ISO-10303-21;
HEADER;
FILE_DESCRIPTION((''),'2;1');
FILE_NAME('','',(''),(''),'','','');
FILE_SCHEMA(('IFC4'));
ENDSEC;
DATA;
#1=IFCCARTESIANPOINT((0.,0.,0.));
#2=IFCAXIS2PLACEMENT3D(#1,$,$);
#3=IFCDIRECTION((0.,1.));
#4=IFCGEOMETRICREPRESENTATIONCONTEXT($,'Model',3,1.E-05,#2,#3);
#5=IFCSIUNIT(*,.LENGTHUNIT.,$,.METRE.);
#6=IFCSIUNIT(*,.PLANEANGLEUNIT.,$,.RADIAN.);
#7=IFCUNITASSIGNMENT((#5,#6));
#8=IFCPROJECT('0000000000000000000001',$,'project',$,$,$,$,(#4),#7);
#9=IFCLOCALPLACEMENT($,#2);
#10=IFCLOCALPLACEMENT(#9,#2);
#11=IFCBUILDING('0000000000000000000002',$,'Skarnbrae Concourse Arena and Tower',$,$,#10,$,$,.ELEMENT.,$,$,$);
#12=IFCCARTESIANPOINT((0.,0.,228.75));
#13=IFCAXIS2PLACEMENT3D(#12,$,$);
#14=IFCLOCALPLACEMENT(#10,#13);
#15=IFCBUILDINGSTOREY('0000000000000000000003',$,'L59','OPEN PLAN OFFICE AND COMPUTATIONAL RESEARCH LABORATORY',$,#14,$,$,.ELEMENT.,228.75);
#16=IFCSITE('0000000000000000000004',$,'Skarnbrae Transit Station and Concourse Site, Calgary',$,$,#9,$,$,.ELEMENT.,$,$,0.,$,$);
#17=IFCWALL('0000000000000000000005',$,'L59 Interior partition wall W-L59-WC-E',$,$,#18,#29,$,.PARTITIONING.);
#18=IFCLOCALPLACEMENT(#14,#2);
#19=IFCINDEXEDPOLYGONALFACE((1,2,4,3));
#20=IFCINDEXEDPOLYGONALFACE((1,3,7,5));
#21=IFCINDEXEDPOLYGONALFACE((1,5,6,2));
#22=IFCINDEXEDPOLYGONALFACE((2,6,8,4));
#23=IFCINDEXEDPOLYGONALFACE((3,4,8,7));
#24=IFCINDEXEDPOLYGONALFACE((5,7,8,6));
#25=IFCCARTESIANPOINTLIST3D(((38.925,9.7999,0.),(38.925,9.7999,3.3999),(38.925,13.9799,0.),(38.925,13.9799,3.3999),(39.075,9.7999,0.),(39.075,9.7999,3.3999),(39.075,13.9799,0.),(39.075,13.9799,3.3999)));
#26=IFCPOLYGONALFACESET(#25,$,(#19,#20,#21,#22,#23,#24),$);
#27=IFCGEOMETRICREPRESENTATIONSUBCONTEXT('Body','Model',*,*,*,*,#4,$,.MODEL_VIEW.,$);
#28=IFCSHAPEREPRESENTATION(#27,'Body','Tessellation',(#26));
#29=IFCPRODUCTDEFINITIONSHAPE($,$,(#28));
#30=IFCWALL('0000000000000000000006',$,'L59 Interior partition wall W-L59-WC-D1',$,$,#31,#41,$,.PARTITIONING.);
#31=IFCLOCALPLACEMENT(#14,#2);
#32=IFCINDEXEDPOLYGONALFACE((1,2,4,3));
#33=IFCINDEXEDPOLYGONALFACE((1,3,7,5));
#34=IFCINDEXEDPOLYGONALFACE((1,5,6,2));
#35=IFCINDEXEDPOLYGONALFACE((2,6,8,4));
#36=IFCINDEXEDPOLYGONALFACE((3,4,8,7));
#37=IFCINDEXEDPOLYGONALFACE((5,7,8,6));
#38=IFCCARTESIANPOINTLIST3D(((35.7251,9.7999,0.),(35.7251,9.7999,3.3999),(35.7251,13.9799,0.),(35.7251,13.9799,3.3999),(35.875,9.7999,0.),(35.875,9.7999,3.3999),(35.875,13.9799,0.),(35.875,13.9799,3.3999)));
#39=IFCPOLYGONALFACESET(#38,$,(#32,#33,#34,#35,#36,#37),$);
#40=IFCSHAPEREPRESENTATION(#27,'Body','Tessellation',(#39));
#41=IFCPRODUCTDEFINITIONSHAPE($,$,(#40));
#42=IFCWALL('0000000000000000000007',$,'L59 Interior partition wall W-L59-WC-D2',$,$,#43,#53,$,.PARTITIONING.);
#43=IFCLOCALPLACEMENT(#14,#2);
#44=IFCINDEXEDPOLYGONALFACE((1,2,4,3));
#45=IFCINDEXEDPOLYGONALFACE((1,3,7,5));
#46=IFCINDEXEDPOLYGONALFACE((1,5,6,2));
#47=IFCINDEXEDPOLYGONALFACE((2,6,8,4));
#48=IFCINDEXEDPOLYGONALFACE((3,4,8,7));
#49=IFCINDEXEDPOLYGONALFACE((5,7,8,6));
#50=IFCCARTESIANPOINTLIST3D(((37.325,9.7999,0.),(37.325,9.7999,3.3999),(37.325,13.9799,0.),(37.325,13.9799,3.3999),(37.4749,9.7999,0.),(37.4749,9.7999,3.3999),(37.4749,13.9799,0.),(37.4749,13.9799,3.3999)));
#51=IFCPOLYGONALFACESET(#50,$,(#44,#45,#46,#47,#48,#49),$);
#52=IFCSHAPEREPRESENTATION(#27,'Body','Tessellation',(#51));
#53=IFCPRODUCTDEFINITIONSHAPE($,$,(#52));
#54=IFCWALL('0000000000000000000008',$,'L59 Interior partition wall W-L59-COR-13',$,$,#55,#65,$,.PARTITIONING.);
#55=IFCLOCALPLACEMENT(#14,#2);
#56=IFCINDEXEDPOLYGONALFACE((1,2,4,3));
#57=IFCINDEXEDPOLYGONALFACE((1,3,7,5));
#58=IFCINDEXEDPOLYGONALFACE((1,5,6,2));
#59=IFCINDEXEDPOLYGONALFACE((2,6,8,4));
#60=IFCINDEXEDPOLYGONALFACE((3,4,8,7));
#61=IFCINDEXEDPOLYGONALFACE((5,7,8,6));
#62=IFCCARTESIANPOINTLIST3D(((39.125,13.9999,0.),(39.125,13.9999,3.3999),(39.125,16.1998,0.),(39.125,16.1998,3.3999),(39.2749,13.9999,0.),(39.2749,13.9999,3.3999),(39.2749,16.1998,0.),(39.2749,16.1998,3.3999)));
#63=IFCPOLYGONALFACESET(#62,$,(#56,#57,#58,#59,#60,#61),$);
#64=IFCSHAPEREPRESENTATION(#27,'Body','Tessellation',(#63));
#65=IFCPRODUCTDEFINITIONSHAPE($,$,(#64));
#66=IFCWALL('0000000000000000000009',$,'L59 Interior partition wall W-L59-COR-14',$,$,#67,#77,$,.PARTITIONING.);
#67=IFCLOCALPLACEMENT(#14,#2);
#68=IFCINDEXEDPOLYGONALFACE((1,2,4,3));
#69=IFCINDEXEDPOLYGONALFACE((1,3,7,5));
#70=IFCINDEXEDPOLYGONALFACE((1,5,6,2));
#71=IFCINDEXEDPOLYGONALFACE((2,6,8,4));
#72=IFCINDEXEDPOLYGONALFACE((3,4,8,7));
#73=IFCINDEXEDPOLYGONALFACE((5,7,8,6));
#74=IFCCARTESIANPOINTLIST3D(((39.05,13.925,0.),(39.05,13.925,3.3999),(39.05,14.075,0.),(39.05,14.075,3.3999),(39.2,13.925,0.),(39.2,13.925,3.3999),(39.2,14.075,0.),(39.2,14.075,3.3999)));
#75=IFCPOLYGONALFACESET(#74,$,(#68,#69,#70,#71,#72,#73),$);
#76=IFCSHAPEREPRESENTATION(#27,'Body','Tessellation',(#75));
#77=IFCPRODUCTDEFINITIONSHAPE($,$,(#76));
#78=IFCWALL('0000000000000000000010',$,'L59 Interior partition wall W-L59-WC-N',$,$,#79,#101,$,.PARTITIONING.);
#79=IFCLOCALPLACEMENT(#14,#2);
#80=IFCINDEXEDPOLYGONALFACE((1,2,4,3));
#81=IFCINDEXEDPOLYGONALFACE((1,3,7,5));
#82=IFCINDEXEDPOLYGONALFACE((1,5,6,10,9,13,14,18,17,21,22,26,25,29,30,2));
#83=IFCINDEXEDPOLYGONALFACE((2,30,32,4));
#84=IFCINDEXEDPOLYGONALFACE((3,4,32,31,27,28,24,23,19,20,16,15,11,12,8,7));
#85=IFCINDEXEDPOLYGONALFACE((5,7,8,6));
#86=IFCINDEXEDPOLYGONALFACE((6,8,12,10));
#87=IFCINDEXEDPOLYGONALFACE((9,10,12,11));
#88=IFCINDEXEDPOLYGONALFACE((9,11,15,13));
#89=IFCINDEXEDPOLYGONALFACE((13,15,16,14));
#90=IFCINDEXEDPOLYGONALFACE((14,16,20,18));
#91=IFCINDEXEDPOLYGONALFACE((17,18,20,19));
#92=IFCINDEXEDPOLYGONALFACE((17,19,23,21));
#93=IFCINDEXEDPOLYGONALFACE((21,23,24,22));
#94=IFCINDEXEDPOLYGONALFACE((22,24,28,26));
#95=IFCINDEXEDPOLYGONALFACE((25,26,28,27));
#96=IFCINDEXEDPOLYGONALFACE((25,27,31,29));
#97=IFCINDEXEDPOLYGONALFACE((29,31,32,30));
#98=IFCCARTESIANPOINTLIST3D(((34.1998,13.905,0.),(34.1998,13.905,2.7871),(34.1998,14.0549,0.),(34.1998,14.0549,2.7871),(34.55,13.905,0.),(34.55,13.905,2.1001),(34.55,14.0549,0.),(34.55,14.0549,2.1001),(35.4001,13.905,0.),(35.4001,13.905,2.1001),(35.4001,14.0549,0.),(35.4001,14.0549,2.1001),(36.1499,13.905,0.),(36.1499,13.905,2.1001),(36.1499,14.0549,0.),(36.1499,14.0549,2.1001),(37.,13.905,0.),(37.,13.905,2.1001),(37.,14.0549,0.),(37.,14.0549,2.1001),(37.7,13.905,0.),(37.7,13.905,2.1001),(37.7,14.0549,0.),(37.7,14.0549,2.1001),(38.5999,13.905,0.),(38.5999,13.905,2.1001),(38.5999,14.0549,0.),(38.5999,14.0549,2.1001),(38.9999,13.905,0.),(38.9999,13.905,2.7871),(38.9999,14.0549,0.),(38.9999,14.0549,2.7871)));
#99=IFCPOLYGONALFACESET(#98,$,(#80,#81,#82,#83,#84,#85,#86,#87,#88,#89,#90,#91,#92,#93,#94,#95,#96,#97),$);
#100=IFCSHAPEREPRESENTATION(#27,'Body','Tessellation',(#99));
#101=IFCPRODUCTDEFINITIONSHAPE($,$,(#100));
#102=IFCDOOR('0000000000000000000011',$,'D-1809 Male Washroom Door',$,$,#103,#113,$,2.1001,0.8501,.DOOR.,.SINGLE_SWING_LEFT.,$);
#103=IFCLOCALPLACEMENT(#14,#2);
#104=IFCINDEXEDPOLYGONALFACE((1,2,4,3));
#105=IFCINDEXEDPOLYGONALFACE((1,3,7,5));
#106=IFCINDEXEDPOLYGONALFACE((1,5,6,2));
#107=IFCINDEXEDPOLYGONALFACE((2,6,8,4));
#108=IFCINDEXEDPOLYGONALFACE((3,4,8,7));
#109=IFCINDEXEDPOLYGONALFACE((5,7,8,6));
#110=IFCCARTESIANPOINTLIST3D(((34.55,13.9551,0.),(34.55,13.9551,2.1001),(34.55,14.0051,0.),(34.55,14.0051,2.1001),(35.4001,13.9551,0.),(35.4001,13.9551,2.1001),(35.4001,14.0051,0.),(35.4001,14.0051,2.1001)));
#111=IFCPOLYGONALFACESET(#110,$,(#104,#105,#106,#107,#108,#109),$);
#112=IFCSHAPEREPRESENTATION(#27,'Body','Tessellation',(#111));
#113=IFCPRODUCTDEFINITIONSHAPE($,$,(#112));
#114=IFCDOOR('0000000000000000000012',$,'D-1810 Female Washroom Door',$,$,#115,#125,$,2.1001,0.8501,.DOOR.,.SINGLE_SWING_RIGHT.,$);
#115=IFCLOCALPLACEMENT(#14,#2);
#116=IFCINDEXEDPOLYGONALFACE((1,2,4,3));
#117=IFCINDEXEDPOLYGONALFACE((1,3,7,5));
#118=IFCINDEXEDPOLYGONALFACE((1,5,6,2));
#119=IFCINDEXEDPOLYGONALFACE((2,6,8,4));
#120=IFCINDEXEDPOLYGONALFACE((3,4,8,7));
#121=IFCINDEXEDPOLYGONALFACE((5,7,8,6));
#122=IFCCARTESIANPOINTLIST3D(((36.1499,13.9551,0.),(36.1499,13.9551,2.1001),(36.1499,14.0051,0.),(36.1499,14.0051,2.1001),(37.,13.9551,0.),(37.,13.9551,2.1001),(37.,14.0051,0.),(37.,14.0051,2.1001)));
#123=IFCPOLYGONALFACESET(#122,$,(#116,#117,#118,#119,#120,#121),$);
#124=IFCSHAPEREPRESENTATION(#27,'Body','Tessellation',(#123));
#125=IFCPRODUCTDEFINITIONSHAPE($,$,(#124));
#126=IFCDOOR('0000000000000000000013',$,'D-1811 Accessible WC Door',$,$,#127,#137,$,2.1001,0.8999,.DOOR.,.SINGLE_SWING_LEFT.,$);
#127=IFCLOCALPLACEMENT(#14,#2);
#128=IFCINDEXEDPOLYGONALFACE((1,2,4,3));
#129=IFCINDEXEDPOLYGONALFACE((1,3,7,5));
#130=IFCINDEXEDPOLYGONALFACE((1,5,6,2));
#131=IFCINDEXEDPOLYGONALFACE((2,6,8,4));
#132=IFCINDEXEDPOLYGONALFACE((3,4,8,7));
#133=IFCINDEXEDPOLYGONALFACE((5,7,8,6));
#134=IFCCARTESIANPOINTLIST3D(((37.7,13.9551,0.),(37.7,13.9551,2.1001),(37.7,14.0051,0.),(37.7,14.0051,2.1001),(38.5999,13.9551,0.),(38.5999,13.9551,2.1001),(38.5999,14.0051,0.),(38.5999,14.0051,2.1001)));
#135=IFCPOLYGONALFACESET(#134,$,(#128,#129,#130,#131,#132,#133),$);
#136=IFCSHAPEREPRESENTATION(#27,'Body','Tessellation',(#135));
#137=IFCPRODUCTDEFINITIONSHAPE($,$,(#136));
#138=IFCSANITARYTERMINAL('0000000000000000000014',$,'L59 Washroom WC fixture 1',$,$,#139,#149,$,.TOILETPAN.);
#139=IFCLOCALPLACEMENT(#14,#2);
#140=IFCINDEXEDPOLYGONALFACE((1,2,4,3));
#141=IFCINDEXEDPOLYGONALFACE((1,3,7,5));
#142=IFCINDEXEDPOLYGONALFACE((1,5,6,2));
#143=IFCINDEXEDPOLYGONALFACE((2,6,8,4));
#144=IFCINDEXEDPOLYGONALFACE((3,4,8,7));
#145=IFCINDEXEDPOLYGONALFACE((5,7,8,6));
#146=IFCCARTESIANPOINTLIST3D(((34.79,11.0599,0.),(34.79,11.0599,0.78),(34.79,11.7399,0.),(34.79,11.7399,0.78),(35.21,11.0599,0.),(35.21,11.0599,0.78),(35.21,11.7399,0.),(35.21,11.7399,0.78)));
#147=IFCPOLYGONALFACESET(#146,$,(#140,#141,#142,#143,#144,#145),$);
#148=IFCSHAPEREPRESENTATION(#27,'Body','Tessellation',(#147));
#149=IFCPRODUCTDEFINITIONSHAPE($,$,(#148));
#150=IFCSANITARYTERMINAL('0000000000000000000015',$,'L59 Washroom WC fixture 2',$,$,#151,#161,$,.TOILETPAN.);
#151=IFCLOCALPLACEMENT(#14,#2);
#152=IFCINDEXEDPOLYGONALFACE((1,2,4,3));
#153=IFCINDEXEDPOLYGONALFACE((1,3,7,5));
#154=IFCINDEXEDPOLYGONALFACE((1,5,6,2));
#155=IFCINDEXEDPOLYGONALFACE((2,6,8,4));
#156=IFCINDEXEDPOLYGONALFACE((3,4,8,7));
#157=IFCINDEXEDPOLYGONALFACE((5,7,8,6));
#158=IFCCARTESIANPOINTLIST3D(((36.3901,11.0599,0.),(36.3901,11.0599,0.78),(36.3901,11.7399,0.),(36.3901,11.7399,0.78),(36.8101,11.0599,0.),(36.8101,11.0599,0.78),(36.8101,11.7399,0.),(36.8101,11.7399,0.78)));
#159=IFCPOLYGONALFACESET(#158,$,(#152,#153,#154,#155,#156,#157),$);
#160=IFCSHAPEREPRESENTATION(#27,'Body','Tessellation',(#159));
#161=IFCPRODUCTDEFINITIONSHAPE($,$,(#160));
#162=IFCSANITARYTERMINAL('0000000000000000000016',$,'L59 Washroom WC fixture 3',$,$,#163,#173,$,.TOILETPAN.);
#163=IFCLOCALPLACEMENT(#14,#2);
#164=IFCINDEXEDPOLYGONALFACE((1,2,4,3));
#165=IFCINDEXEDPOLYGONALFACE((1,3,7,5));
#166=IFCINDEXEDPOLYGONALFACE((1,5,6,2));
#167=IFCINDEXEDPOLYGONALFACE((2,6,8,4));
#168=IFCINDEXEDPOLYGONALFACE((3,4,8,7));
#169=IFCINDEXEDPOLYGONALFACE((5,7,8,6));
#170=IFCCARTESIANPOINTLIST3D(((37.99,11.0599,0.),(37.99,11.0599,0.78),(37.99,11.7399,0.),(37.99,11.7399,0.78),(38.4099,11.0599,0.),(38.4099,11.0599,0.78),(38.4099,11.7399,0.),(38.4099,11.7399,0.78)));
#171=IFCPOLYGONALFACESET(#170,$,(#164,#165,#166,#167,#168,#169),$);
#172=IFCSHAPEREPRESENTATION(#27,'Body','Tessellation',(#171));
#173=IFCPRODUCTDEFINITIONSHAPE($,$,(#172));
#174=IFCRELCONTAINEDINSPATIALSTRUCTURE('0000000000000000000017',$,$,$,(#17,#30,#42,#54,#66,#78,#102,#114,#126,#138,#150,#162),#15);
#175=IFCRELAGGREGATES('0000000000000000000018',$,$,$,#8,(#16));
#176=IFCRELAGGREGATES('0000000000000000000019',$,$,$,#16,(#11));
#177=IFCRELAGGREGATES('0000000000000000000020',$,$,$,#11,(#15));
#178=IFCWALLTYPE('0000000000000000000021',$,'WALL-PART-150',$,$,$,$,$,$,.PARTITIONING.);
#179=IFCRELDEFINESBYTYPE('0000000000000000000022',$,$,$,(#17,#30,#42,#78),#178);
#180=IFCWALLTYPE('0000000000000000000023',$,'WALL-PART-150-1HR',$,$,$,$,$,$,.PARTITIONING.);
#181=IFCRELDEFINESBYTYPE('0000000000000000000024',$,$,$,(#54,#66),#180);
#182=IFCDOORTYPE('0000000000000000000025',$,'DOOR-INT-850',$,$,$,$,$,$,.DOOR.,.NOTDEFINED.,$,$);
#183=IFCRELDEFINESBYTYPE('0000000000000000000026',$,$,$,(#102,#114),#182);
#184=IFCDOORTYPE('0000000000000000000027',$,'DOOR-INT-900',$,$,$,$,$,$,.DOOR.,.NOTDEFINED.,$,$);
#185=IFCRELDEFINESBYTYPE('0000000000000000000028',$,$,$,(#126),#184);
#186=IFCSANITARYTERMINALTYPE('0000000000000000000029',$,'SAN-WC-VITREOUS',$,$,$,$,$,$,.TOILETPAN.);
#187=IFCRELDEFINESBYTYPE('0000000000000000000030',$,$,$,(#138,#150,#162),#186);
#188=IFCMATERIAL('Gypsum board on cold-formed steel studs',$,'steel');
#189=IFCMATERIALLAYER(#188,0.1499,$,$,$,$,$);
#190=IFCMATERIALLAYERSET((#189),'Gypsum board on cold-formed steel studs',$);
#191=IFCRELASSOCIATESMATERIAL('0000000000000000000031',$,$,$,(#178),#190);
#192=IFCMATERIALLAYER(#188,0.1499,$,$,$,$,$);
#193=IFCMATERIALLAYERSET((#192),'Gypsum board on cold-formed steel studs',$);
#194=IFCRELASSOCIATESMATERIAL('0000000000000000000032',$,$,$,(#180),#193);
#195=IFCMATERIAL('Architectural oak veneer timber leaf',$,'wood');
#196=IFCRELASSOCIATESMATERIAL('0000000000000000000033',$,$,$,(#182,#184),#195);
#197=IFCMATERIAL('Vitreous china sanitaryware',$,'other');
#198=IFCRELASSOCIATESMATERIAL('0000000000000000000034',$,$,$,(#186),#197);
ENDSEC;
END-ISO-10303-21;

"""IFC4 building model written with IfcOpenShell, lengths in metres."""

from ifc_helpers import new_model, si_unit, direction, frame, frame_2d, origin, origin_2d, place, context, subcontext, project, spatial, rectangle, extrude, source, transform, mapped, material, layer, layer_set, type_object, element, fill, save


model = new_model("IFC4")

# Units and contexts
model_context = context("Model", 3, precision=1e-05, world=origin(), true_north=direction((0.0, 1.0)))
body_context = subcontext(model_context, "Body", "Model", "MODEL_VIEW")
ifc_project = project(units=[si_unit("LENGTHUNIT", "METRE"), si_unit("PLANEANGLEUNIT", "RADIAN")], contexts=[model_context])

# Site, building, storey
site_placement = place(None, origin())
site = spatial("IfcSite", under=ifc_project, at=site_placement, Name="Skarnbrae Transit Station and Concourse Site, Calgary", CompositionType="ELEMENT", RefElevation=0.0)
building_placement = place(site_placement, origin())
building = spatial("IfcBuilding", under=site, at=building_placement, Name="Skarnbrae Concourse Arena and Tower", CompositionType="ELEMENT")
storey_placement = place(building_placement, frame((0.0, 0.0, 228.75)))
storey = spatial("IfcBuildingStorey", under=building, at=storey_placement, Name="L59", Description="OPEN PLAN OFFICE AND COMPUTATIONAL RESEARCH LABORATORY", CompositionType="ELEMENT", Elevation=228.75)

# Walls
ifc_material_1 = material(Name="Gypsum board on cold-formed steel studs", Category="steel")
ifc_layer_1 = layer(ifc_material_1, 0.1499)
ifc_layer_set_1 = layer_set([ifc_layer_1], Name="Gypsum board on cold-formed steel studs")
wall_type_1 = type_object("IfcWallType", Name="WALL-PART-150", PredefinedType="PARTITIONING", material=ifc_layer_set_1)
shared_shape_1 = source(origin(), body_context, "Body", "SweptSolid", [
    extrude(rectangle(XDim=4.1799, YDim=0.1499, at=frame_2d((2.0898, 0.0))), origin(), (0.0, 0.0, 1.0), 3.3999),
])
for number, where, z_axis, x_axis, name in (
    (1, (39.0, 9.8, 0.0), (0.0, 0.0, 1.0), (0.0, 1.0, 0.0), "L59 Interior partition wall W-L59-WC-E"),
    (2, (35.8, 9.8, 0.0), (0.0, 0.0, 1.0), (0.0, 1.0, 0.0), "L59 Interior partition wall W-L59-WC-D1"),
    (3, (37.3999, 9.8, 0.0), (0.0, 0.0, 1.0), (0.0, 1.0, 0.0), "L59 Interior partition wall W-L59-WC-D2"),
):
    element("IfcWall", number, at=place(storey_placement, frame(where, z_axis=z_axis, x_axis=x_axis)), inside=storey, type_object=wall_type_1, Name=name, PredefinedType="PARTITIONING", context=body_context, shape_type="MappedRepresentation", body=[
        mapped(shared_shape_1, transform((0.0, 0.0, 0.0))),
    ])
ifc_layer_2 = layer(ifc_material_1, 0.1499)
ifc_layer_set_2 = layer_set([ifc_layer_2], Name="Gypsum board on cold-formed steel studs")
wall_type_2 = type_object("IfcWallType", Name="WALL-PART-150-1HR", PredefinedType="PARTITIONING", material=ifc_layer_set_2)
shared_shape_2 = source(origin(), body_context, "Body", "SweptSolid", [
    extrude(rectangle(XDim=2.2, YDim=0.1499, at=frame_2d((1.1001, 0.0))), origin(), (0.0, 0.0, 1.0), 3.3999),
])
wall_1_placement = place(storey_placement, frame((39.2, 16.2, 0.0), z_axis=(0.0, 0.0, 1.0), x_axis=(0.0, -1.0, 0.0)))
element("IfcWall", 4, at=wall_1_placement, inside=storey, type_object=wall_type_2, Name="L59 Interior partition wall W-L59-COR-13", PredefinedType="PARTITIONING", context=body_context, shape_type="MappedRepresentation", body=[
    mapped(shared_shape_2, transform((0.0, 0.0, 0.0))),
])
shared_shape_3 = source(origin(), body_context, "Body", "SweptSolid", [
    extrude(rectangle(XDim=0.1499, YDim=0.1499, at=frame_2d((0.075, 0.0))), origin(), (0.0, 0.0, 1.0), 3.3999),
])
wall_2_placement = place(storey_placement, frame((39.2, 14.0, 0.0), z_axis=(0.0, 0.0, 1.0), x_axis=(-1.0, 0.0, 0.0)))
element("IfcWall", 5, at=wall_2_placement, inside=storey, type_object=wall_type_2, Name="L59 Interior partition wall W-L59-COR-14", PredefinedType="PARTITIONING", context=body_context, shape_type="MappedRepresentation", body=[
    mapped(shared_shape_3, transform((0.0, 0.0, 0.0))),
])

# Wall, openings, doors
shared_shape_4 = source(origin(), body_context, "Body", "SweptSolid", [
    extrude(rectangle(XDim=4.8, YDim=0.1499, at=frame_2d((2.3999, 0.0))), origin(), (0.0, 0.0, 1.0), 2.7871),
])
wall_3_placement = place(storey_placement, frame((34.2, 13.98, 0.0), z_axis=(0.0, 0.0, 1.0), x_axis=(1.0, 0.0, 0.0)))
wall_3 = element("IfcWall", 6, at=wall_3_placement, inside=storey, type_object=wall_type_1, Name="L59 Interior partition wall W-L59-WC-N", PredefinedType="PARTITIONING", context=body_context, shape_type="MappedRepresentation", body=[
    mapped(shared_shape_4, transform((0.0, 0.0, 0.0))),
])
opening_1_placement = place(wall_3_placement, frame((0.3501, 0.0, 0.0)))
opening_1 = element("IfcOpeningElement", 7, at=opening_1_placement, cuts=wall_3, PredefinedType="OPENING", context=body_context, shape_type="SweptSolid", body=[
    extrude(rectangle(XDim=0.8501, YDim=2.1001, at=frame_2d((0.425, 1.05))), frame((0.0, 0.085, 0.0), z_axis=(0.0, -1.0, 0.0), x_axis=(1.0, 0.0, 0.0)), (0.0, 0.0, 1.0), 0.1699),
])
opening_2_placement = place(wall_3_placement, frame((1.95, 0.0, 0.0)))
opening_2 = element("IfcOpeningElement", 8, at=opening_2_placement, cuts=wall_3, PredefinedType="OPENING", context=body_context, shape_type="SweptSolid", body=[
    extrude(rectangle(XDim=0.8501, YDim=2.1001, at=frame_2d((0.425, 1.05))), frame((0.0, 0.085, 0.0), z_axis=(0.0, -1.0, 0.0), x_axis=(1.0, 0.0, 0.0)), (0.0, 0.0, 1.0), 0.1699),
])
opening_3_placement = place(wall_3_placement, frame((3.5, 0.0, 0.0)))
opening_3 = element("IfcOpeningElement", 9, at=opening_3_placement, cuts=wall_3, PredefinedType="OPENING", context=body_context, shape_type="SweptSolid", body=[
    extrude(rectangle(XDim=0.8999, YDim=2.1001, at=frame_2d((0.45, 1.05))), frame((0.0, 0.085, 0.0), z_axis=(0.0, -1.0, 0.0), x_axis=(1.0, 0.0, 0.0)), (0.0, 0.0, 1.0), 0.1699),
])
ifc_material_2 = material(Name="Architectural oak veneer timber leaf", Category="wood")
door_type_1 = type_object("IfcDoorType", Name="DOOR-INT-850", OperationType="NOTDEFINED", PredefinedType="DOOR", material=ifc_material_2)
shared_shape_5 = source(origin(), body_context, "Body", "SweptSolid", [
    extrude(rectangle(XDim=0.8501, YDim=2.1001, at=frame_2d((0.425, 1.05))), frame((0.0, 0.0249, 0.0), z_axis=(0.0, -1.0, 0.0), x_axis=(1.0, 0.0, 0.0)), (0.0, 0.0, 1.0), 0.05),
])
door_1_placement = place(opening_1_placement, frame((0.8501, 0.0, 0.0), z_axis=(0.0, 0.0, 1.0), x_axis=(-1.0, 0.0, 0.0)))
door_1 = element("IfcDoor", 10, at=door_1_placement, inside=storey, type_object=door_type_1, Name="D-1809 Male Washroom Door", OperationType="SINGLE_SWING_LEFT", OverallHeight=2.1001, OverallWidth=0.8501, PredefinedType="DOOR", context=body_context, shape_type="MappedRepresentation", body=[
    mapped(shared_shape_5, transform((0.0, 0.0, 0.0))),
])
fill(opening_1, door_1)
door_2_placement = place(opening_2_placement, frame((0.8501, 0.0, 0.0), z_axis=(0.0, 0.0, 1.0), x_axis=(-1.0, 0.0, 0.0)))
door_2 = element("IfcDoor", 11, at=door_2_placement, inside=storey, type_object=door_type_1, Name="D-1810 Female Washroom Door", OperationType="SINGLE_SWING_RIGHT", OverallHeight=2.1001, OverallWidth=0.8501, PredefinedType="DOOR", context=body_context, shape_type="MappedRepresentation", body=[
    mapped(shared_shape_5, transform((0.0, 0.0, 0.0))),
])
fill(opening_2, door_2)
door_type_2 = type_object("IfcDoorType", Name="DOOR-INT-900", OperationType="NOTDEFINED", PredefinedType="DOOR", material=ifc_material_2)
shared_shape_6 = source(origin(), body_context, "Body", "SweptSolid", [
    extrude(rectangle(XDim=0.8999, YDim=2.1001, at=frame_2d((0.45, 1.05))), frame((0.0, 0.0249, 0.0), z_axis=(0.0, -1.0, 0.0), x_axis=(1.0, 0.0, 0.0)), (0.0, 0.0, 1.0), 0.05),
])
door_3_placement = place(opening_3_placement, frame((0.8999, 0.0, 0.0), z_axis=(0.0, 0.0, 1.0), x_axis=(-1.0, 0.0, 0.0)))
door_3 = element("IfcDoor", 12, at=door_3_placement, inside=storey, type_object=door_type_2, Name="D-1811 Accessible WC Door", OperationType="SINGLE_SWING_LEFT", OverallHeight=2.1001, OverallWidth=0.8999, PredefinedType="DOOR", context=body_context, shape_type="MappedRepresentation", body=[
    mapped(shared_shape_6, transform((0.0, 0.0, 0.0))),
])
fill(opening_3, door_3)

# Sanitary terminals
ifc_material_3 = material(Name="Vitreous china sanitaryware", Category="other")
sanitary_terminal_type = type_object("IfcSanitaryTerminalType", Name="SAN-WC-VITREOUS", PredefinedType="TOILETPAN", material=ifc_material_3)
shared_shape_7 = source(origin(), body_context, "Body", "SweptSolid", [
    extrude(rectangle(XDim=0.4199, YDim=0.6799, at=origin_2d()), origin(), (0.0, 0.0, 1.0), 0.78),
])
for number, where, z_axis, x_axis, name in (
    (13, (35.0, 11.3999, 0.0), (0.0, 0.0, 1.0), (1.0, 0.0, 0.0), "L59 Washroom WC fixture 1"),
    (14, (36.6001, 11.3999, 0.0), (0.0, 0.0, 1.0), (1.0, 0.0, 0.0), "L59 Washroom WC fixture 2"),
    (15, (38.2, 11.3999, 0.0), (0.0, 0.0, 1.0), (1.0, 0.0, 0.0), "L59 Washroom WC fixture 3"),
):
    element("IfcSanitaryTerminal", number, at=place(storey_placement, frame(where, z_axis=z_axis, x_axis=x_axis)), inside=storey, type_object=sanitary_terminal_type, Name=name, PredefinedType="TOILETPAN", context=body_context, shape_type="MappedRepresentation", body=[
        mapped(shared_shape_7, transform((0.0, 0.0, 0.0))),
    ])

save(model, "model.ifc")
